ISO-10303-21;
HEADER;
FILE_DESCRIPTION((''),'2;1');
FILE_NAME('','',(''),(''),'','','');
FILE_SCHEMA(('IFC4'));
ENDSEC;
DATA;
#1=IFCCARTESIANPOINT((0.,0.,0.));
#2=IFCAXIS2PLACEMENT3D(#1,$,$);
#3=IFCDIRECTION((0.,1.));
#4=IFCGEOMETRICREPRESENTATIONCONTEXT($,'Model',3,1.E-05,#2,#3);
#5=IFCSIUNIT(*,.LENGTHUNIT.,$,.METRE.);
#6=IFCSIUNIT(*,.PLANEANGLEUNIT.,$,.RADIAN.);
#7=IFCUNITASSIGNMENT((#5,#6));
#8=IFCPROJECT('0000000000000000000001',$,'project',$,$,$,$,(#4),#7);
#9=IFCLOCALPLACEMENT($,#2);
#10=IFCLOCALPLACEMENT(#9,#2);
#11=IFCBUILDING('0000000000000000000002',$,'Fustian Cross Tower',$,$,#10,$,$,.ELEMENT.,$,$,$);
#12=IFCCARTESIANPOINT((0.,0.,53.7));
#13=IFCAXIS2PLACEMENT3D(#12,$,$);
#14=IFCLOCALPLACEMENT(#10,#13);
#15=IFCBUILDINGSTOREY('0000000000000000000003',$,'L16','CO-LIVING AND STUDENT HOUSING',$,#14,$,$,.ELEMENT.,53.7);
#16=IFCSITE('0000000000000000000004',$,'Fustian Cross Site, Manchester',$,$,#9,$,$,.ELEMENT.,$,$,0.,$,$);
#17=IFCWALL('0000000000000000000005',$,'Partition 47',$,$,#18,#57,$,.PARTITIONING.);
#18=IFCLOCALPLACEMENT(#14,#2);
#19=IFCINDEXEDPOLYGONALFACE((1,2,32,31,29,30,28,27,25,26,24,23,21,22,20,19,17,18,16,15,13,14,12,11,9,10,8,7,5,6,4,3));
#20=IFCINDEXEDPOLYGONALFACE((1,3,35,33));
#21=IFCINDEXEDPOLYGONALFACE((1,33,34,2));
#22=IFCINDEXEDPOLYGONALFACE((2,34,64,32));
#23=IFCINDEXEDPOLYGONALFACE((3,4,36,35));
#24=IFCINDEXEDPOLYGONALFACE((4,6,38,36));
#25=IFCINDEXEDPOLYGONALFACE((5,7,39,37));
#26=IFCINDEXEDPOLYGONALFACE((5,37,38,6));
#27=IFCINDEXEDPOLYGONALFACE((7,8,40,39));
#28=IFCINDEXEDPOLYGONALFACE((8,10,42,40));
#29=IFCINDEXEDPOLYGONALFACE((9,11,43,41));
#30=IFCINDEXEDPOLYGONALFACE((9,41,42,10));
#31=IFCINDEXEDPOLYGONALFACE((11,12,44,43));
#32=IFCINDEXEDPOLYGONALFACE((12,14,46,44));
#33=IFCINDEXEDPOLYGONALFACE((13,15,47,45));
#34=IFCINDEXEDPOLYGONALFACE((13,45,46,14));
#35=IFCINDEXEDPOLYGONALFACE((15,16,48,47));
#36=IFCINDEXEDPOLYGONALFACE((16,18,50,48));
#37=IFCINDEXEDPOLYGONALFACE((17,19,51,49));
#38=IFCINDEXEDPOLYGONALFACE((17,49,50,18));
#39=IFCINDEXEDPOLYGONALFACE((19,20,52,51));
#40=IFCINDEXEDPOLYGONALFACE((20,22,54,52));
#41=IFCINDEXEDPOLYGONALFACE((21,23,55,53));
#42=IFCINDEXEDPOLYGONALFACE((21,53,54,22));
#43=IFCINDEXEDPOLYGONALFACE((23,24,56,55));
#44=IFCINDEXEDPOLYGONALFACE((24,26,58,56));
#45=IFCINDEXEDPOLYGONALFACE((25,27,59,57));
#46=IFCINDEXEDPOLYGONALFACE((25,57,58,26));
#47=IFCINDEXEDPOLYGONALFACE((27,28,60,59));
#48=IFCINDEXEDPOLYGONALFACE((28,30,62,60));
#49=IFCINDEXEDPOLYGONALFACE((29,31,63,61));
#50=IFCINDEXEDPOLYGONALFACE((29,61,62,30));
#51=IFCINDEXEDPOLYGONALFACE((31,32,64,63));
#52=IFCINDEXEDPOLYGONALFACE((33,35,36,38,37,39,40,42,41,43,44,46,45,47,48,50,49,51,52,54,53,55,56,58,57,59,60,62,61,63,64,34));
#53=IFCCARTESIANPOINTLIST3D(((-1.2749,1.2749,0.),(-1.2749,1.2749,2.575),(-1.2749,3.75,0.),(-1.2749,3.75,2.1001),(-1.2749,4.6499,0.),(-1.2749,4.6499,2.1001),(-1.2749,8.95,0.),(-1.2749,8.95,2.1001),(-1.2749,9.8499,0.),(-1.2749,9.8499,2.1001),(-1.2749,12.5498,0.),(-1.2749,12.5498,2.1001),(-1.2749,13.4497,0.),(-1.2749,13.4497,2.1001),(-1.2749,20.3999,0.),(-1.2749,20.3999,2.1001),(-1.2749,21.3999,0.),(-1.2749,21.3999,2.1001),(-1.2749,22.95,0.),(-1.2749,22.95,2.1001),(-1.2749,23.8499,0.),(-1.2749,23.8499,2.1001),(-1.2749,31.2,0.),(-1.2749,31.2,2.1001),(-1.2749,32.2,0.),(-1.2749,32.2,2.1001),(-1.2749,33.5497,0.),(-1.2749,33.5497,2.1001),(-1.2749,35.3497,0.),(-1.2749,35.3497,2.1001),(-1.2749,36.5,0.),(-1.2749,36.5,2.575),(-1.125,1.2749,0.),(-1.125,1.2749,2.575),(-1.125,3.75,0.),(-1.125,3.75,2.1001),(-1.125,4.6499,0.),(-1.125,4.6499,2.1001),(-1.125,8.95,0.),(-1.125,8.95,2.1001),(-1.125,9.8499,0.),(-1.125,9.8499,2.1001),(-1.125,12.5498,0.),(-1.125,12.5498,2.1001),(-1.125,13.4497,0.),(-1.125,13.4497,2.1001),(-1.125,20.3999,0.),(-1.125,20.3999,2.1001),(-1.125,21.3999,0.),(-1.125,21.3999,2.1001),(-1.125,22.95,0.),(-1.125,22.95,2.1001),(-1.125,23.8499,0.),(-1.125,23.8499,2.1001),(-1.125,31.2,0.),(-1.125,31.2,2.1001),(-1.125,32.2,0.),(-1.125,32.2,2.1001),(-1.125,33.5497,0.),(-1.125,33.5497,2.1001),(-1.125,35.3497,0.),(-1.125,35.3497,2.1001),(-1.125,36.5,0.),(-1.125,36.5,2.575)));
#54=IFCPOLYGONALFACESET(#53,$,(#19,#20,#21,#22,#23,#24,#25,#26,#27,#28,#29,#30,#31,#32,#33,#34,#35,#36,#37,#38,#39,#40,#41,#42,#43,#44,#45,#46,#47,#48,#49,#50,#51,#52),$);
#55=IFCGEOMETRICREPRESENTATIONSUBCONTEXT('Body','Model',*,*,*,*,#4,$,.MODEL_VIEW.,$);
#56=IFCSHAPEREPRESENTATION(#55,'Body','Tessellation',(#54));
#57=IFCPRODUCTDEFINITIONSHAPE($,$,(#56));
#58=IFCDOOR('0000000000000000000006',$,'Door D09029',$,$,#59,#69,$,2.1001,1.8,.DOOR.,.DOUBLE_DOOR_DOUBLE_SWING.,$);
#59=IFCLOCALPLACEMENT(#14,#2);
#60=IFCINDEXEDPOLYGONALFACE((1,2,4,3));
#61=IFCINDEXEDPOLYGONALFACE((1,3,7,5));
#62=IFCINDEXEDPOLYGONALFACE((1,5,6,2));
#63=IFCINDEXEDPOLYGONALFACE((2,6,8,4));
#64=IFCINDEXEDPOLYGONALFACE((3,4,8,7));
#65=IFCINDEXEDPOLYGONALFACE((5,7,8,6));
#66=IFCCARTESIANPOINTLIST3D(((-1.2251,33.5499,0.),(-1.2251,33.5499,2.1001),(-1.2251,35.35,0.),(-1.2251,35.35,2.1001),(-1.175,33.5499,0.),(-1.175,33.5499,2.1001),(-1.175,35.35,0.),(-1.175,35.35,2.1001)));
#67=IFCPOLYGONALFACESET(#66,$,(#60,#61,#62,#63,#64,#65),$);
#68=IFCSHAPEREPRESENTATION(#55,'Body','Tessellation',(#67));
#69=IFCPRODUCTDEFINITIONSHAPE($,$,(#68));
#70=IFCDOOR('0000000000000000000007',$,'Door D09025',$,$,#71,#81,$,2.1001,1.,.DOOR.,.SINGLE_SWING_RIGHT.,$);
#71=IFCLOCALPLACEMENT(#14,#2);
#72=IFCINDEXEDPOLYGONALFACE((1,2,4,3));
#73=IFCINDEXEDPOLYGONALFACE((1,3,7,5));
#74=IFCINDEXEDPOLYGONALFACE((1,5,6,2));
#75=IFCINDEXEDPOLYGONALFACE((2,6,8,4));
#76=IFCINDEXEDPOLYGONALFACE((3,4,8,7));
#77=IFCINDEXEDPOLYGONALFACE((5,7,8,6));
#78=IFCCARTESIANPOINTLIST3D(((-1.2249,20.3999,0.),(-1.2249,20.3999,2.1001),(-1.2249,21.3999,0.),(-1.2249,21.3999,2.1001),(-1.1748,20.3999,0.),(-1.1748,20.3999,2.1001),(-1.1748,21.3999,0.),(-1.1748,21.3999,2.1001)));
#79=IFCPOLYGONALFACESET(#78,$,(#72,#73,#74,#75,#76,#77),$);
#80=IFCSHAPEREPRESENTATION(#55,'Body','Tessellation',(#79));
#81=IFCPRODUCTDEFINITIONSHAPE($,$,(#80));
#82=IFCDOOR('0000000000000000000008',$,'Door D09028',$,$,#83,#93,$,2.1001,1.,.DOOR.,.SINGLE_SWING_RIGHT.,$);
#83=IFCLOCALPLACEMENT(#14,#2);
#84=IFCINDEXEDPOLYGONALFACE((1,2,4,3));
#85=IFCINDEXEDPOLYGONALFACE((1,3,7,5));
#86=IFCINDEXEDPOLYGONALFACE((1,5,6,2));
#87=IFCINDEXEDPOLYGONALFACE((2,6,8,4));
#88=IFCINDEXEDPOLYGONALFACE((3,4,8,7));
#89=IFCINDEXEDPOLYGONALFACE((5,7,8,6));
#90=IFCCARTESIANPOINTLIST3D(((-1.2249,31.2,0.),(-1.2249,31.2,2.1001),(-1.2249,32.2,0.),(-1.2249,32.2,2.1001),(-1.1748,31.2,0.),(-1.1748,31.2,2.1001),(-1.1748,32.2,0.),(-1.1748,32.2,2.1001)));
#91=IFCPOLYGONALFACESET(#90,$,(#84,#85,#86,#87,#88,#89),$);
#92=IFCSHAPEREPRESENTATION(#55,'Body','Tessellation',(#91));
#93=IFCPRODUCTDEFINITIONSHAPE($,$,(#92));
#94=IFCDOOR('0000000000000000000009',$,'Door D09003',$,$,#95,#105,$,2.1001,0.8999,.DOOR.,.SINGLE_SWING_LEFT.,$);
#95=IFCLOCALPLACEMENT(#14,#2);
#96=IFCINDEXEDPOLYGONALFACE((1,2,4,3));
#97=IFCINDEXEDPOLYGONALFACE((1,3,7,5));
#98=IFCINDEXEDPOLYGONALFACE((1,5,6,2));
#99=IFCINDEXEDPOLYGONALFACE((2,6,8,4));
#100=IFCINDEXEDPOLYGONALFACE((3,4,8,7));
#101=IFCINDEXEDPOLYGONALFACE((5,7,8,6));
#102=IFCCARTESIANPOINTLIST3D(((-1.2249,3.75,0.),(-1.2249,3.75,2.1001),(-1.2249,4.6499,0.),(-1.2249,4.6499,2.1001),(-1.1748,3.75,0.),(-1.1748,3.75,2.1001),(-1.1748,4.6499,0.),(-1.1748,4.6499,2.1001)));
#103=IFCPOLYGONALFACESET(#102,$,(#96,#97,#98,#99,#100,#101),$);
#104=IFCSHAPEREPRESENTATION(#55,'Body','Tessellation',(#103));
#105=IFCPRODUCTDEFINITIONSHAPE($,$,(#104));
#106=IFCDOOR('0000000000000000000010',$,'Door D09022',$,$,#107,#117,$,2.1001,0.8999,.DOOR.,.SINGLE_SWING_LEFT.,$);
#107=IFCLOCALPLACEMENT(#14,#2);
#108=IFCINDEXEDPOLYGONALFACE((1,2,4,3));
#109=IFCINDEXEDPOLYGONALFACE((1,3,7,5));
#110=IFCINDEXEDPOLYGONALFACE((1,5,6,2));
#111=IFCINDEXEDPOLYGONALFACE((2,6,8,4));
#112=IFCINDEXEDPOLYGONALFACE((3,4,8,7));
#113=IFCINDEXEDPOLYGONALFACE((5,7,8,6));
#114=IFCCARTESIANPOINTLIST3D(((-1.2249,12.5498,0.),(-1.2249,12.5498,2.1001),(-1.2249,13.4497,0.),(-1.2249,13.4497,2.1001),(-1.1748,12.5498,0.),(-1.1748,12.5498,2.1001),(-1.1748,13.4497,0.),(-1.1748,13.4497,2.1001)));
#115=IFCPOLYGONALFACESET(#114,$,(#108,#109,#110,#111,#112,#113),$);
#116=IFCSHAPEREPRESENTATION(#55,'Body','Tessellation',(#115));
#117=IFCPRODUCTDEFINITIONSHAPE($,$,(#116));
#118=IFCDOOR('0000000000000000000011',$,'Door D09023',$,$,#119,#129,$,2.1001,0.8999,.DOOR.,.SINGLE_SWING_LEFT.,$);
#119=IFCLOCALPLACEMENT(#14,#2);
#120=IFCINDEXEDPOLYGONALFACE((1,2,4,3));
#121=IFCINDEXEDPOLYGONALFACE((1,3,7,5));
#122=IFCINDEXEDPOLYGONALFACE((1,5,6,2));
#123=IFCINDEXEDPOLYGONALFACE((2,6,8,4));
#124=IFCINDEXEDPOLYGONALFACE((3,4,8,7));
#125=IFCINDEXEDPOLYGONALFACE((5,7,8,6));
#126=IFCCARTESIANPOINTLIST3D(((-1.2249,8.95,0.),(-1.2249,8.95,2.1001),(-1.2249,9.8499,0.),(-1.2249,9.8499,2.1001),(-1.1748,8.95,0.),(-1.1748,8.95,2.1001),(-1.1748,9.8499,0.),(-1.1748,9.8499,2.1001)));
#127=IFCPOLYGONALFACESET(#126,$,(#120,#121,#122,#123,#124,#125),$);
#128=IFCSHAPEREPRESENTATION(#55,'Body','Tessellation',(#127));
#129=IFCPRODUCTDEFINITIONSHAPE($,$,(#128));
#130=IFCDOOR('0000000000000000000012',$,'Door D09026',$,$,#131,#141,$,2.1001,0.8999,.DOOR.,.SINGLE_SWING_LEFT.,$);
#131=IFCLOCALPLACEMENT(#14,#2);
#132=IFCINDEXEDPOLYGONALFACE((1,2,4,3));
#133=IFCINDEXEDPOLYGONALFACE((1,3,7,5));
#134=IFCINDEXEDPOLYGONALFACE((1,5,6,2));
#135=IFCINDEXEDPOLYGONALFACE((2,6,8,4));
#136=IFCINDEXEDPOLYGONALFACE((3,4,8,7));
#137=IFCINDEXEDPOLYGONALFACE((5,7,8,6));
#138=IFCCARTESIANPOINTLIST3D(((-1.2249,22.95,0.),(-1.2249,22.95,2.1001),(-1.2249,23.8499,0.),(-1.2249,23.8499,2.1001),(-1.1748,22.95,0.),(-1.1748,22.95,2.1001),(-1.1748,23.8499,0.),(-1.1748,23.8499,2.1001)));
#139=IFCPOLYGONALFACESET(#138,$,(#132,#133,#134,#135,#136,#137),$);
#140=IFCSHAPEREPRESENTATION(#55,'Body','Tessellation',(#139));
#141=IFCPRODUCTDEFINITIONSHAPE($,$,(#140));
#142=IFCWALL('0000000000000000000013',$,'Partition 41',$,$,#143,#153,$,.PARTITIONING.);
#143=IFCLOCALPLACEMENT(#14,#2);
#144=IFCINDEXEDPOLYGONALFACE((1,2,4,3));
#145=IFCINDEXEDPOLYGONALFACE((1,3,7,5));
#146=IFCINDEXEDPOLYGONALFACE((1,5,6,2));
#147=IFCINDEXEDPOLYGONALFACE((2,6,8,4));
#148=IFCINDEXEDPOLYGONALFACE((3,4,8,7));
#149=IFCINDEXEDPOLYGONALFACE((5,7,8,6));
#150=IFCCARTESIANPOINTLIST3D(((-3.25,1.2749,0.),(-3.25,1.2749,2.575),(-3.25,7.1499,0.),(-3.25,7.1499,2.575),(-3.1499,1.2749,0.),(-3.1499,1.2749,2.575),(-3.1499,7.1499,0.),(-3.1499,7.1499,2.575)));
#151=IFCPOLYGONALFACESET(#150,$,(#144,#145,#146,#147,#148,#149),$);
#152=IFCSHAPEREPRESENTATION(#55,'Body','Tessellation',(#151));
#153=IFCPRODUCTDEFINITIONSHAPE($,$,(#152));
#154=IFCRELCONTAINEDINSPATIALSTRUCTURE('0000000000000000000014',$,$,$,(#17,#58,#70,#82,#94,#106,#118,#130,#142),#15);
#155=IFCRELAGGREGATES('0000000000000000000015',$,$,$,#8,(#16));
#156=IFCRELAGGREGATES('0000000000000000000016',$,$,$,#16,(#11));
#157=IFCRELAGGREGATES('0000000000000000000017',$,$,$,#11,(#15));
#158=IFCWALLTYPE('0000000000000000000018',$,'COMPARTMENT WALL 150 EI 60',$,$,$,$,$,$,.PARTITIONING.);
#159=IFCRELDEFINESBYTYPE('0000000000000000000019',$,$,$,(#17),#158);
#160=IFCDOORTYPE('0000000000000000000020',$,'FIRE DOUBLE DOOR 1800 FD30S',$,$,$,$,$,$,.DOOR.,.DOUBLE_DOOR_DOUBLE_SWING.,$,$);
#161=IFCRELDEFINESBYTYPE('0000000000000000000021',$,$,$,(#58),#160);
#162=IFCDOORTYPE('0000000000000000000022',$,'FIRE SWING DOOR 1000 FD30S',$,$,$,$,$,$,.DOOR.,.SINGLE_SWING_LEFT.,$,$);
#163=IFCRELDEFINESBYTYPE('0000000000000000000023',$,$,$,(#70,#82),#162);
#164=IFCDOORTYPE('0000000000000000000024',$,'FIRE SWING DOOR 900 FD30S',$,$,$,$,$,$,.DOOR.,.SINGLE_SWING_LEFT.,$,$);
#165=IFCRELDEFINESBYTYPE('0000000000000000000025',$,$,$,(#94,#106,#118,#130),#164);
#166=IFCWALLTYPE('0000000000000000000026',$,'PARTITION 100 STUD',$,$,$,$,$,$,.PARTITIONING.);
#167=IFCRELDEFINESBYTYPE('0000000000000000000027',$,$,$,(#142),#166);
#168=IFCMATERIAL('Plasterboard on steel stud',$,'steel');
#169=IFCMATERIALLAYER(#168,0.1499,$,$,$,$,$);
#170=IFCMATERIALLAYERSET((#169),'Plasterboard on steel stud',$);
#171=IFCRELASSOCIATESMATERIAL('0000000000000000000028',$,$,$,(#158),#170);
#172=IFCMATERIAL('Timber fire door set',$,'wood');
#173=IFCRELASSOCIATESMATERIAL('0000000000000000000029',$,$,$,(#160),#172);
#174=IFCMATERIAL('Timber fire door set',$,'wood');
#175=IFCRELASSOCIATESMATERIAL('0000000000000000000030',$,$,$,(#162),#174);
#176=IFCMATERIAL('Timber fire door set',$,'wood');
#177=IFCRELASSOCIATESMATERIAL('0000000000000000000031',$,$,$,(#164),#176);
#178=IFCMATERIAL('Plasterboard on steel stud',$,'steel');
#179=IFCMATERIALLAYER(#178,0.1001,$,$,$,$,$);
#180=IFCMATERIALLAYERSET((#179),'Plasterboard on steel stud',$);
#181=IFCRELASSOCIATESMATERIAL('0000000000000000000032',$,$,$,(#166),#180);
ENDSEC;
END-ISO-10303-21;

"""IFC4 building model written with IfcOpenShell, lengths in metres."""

from ifc_helpers import new_model, si_unit, direction, frame, frame_2d, origin, place, context, subcontext, project, spatial, rectangle, extrude, material, layer, layer_set, type_object, element, fill, save


model = new_model("IFC4")

# Units and contexts
model_context = context("Model", 3, precision=1e-05, world=origin(), true_north=direction((0.0, 1.0)))
body_context = subcontext(model_context, "Body", "Model", "MODEL_VIEW")
ifc_project = project(units=[si_unit("LENGTHUNIT", "METRE"), si_unit("PLANEANGLEUNIT", "RADIAN")], contexts=[model_context])

# Site, building, storey
site_placement = place(None, origin())
site = spatial("IfcSite", under=ifc_project, at=site_placement, Name="Fustian Cross Site, Manchester", CompositionType="ELEMENT", RefElevation=0.0)
building_placement = place(site_placement, origin())
building = spatial("IfcBuilding", under=site, at=building_placement, Name="Fustian Cross Tower", CompositionType="ELEMENT")
storey_placement = place(building_placement, frame((0.0, 0.0, 53.7)))
storey = spatial("IfcBuildingStorey", under=building, at=storey_placement, Name="L16", Description="CO-LIVING AND STUDENT HOUSING", CompositionType="ELEMENT", Elevation=53.7)

# Wall, openings, doors
ifc_material_1 = material(Name="Plasterboard on steel stud", Category="steel")
ifc_layer_1 = layer(ifc_material_1, 0.1499)
ifc_layer_set_1 = layer_set([ifc_layer_1], Name="Plasterboard on steel stud")
wall_type_1 = type_object("IfcWallType", Name="COMPARTMENT WALL 150 EI 60", PredefinedType="PARTITIONING", material=ifc_layer_set_1)
wall_1_placement = place(storey_placement, frame((-1.2, 1.2749, 0.0), z_axis=(0.0, 0.0, 1.0), x_axis=(0.0, 1.0, 0.0)))
wall_1 = element("IfcWall", 1, at=wall_1_placement, inside=storey, type_object=wall_type_1, Name="Partition 47", PredefinedType="PARTITIONING", context=body_context, shape_type="SweptSolid", body=[
    extrude(rectangle(XDim=35.2251, YDim=0.1499, at=frame_2d((17.6125, 0.0))), origin(), (0.0, 0.0, 1.0), 2.575),
])
opening_1_placement = place(wall_1_placement, frame((2.4751, 0.0, 0.0)))
opening_1 = element("IfcOpeningElement", 2, at=opening_1_placement, cuts=wall_1, PredefinedType="OPENING", context=body_context, shape_type="SweptSolid", body=[
    extrude(rectangle(XDim=0.8999, YDim=2.1001, at=frame_2d((0.45, 1.05))), frame((0.0, 0.085, 0.0), z_axis=(0.0, -1.0, 0.0), x_axis=(1.0, 0.0, 0.0)), (0.0, 0.0, 1.0), 0.1699),
])
opening_2_placement = place(wall_1_placement, frame((11.2749, 0.0, 0.0)))
opening_2 = element("IfcOpeningElement", 3, at=opening_2_placement, cuts=wall_1, PredefinedType="OPENING", context=body_context, shape_type="SweptSolid", body=[
    extrude(rectangle(XDim=0.8999, YDim=2.1001, at=frame_2d((0.45, 1.05))), frame((0.0, 0.085, 0.0), z_axis=(0.0, -1.0, 0.0), x_axis=(1.0, 0.0, 0.0)), (0.0, 0.0, 1.0), 0.1699),
])
opening_3_placement = place(wall_1_placement, frame((7.675, 0.0, 0.0)))
opening_3 = element("IfcOpeningElement", 4, at=opening_3_placement, cuts=wall_1, PredefinedType="OPENING", context=body_context, shape_type="SweptSolid", body=[
    extrude(rectangle(XDim=0.8999, YDim=2.1001, at=frame_2d((0.45, 1.05))), frame((0.0, 0.085, 0.0), z_axis=(0.0, -1.0, 0.0), x_axis=(1.0, 0.0, 0.0)), (0.0, 0.0, 1.0), 0.1699),
])
opening_4_placement = place(wall_1_placement, frame((19.125, 0.0, 0.0)))
opening_4 = element("IfcOpeningElement", 5, at=opening_4_placement, cuts=wall_1, PredefinedType="OPENING", context=body_context, shape_type="SweptSolid", body=[
    extrude(rectangle(XDim=1.0, YDim=2.1001, at=frame_2d((0.5, 1.05))), frame((0.0, 0.085, 0.0), z_axis=(0.0, -1.0, 0.0), x_axis=(1.0, 0.0, 0.0)), (0.0, 0.0, 1.0), 0.1699),
])
opening_5_placement = place(wall_1_placement, frame((21.675, 0.0, 0.0)))
opening_5 = element("IfcOpeningElement", 6, at=opening_5_placement, cuts=wall_1, PredefinedType="OPENING", context=body_context, shape_type="SweptSolid", body=[
    extrude(rectangle(XDim=0.8999, YDim=2.1001, at=frame_2d((0.45, 1.05))), frame((0.0, 0.085, 0.0), z_axis=(0.0, -1.0, 0.0), x_axis=(1.0, 0.0, 0.0)), (0.0, 0.0, 1.0), 0.1699),
])
opening_6_placement = place(wall_1_placement, frame((29.925, 0.0, 0.0)))
opening_6 = element("IfcOpeningElement", 7, at=opening_6_placement, cuts=wall_1, PredefinedType="OPENING", context=body_context, shape_type="SweptSolid", body=[
    extrude(rectangle(XDim=1.0, YDim=2.1001, at=frame_2d((0.5, 1.05))), frame((0.0, 0.085, 0.0), z_axis=(0.0, -1.0, 0.0), x_axis=(1.0, 0.0, 0.0)), (0.0, 0.0, 1.0), 0.1699),
])
opening_7_placement = place(wall_1_placement, frame((32.2749, 0.0, 0.0)))
opening_7 = element("IfcOpeningElement", 8, at=opening_7_placement, cuts=wall_1, PredefinedType="OPENING", context=body_context, shape_type="SweptSolid", body=[
    extrude(rectangle(XDim=1.8, YDim=2.1001, at=frame_2d((0.8999, 1.05))), frame((0.0, 0.085, 0.0), z_axis=(0.0, -1.0, 0.0), x_axis=(1.0, 0.0, 0.0)), (0.0, 0.0, 1.0), 0.1699),
])
ifc_material_2 = material(Name="Timber fire door set", Category="wood")
door_type_1 = type_object("IfcDoorType", Name="FIRE DOUBLE DOOR 1800 FD30S", OperationType="DOUBLE_DOOR_DOUBLE_SWING", PredefinedType="DOOR", material=ifc_material_2)
door_1_placement = place(opening_7_placement, frame((1.8, 0.0, 0.0), z_axis=(0.0, 0.0, 1.0), x_axis=(-1.0, 0.0, 0.0)))
door_1 = element("IfcDoor", 9, at=door_1_placement, inside=storey, type_object=door_type_1, Name="Door D09029", OperationType="DOUBLE_DOOR_DOUBLE_SWING", OverallHeight=2.1001, OverallWidth=1.8, PredefinedType="DOOR", context=body_context, shape_type="SweptSolid", body=[
    extrude(rectangle(XDim=1.8, YDim=2.1001, at=frame_2d((0.8999, 1.05))), frame((0.0, 0.0249, 0.0), z_axis=(0.0, -1.0, 0.0), x_axis=(1.0, 0.0, 0.0)), (0.0, 0.0, 1.0), 0.05),
])
fill(opening_7, door_1)
ifc_material_3 = material(Name="Timber fire door set", Category="wood")
door_type_2 = type_object("IfcDoorType", Name="FIRE SWING DOOR 1000 FD30S", OperationType="SINGLE_SWING_LEFT", PredefinedType="DOOR", material=ifc_material_3)
door_2_placement = place(opening_4_placement, origin())
door_2 = element("IfcDoor", 10, at=door_2_placement, inside=storey, type_object=door_type_2, Name="Door D09025", OperationType="SINGLE_SWING_RIGHT", OverallHeight=2.1001, OverallWidth=1.0, PredefinedType="DOOR", context=body_context, shape_type="SweptSolid", body=[
    extrude(rectangle(XDim=1.0, YDim=2.1001, at=frame_2d((0.5, 1.05))), frame((0.0, 0.0249, 0.0), z_axis=(0.0, -1.0, 0.0), x_axis=(1.0, 0.0, 0.0)), (0.0, 0.0, 1.0), 0.05),
])
fill(opening_4, door_2)
door_3_placement = place(opening_6_placement, origin())
door_3 = element("IfcDoor", 11, at=door_3_placement, inside=storey, type_object=door_type_2, Name="Door D09028", OperationType="SINGLE_SWING_RIGHT", OverallHeight=2.1001, OverallWidth=1.0, PredefinedType="DOOR", context=body_context, shape_type="SweptSolid", body=[
    extrude(rectangle(XDim=1.0, YDim=2.1001, at=frame_2d((0.5, 1.05))), frame((0.0, 0.0249, 0.0), z_axis=(0.0, -1.0, 0.0), x_axis=(1.0, 0.0, 0.0)), (0.0, 0.0, 1.0), 0.05),
])
fill(opening_6, door_3)
ifc_material_4 = material(Name="Timber fire door set", Category="wood")
door_type_3 = type_object("IfcDoorType", Name="FIRE SWING DOOR 900 FD30S", OperationType="SINGLE_SWING_LEFT", PredefinedType="DOOR", material=ifc_material_4)
door_4_placement = place(opening_1_placement, origin())
door_4 = element("IfcDoor", 12, at=door_4_placement, inside=storey, type_object=door_type_3, Name="Door D09003", OperationType="SINGLE_SWING_LEFT", OverallHeight=2.1001, OverallWidth=0.8999, PredefinedType="DOOR", context=body_context, shape_type="SweptSolid", body=[
    extrude(rectangle(XDim=0.8999, YDim=2.1001, at=frame_2d((0.45, 1.05))), frame((0.0, 0.0249, 0.0), z_axis=(0.0, -1.0, 0.0), x_axis=(1.0, 0.0, 0.0)), (0.0, 0.0, 1.0), 0.05),
])
fill(opening_1, door_4)
door_5_placement = place(opening_2_placement, origin())
door_5 = element("IfcDoor", 13, at=door_5_placement, inside=storey, type_object=door_type_3, Name="Door D09022", OperationType="SINGLE_SWING_LEFT", OverallHeight=2.1001, OverallWidth=0.8999, PredefinedType="DOOR", context=body_context, shape_type="SweptSolid", body=[
    extrude(rectangle(XDim=0.8999, YDim=2.1001, at=frame_2d((0.45, 1.05))), frame((0.0, 0.0249, 0.0), z_axis=(0.0, -1.0, 0.0), x_axis=(1.0, 0.0, 0.0)), (0.0, 0.0, 1.0), 0.05),
])
fill(opening_2, door_5)
door_6_placement = place(opening_3_placement, origin())
door_6 = element("IfcDoor", 14, at=door_6_placement, inside=storey, type_object=door_type_3, Name="Door D09023", OperationType="SINGLE_SWING_LEFT", OverallHeight=2.1001, OverallWidth=0.8999, PredefinedType="DOOR", context=body_context, shape_type="SweptSolid", body=[
    extrude(rectangle(XDim=0.8999, YDim=2.1001, at=frame_2d((0.45, 1.05))), frame((0.0, 0.0249, 0.0), z_axis=(0.0, -1.0, 0.0), x_axis=(1.0, 0.0, 0.0)), (0.0, 0.0, 1.0), 0.05),
])
fill(opening_3, door_6)
door_7_placement = place(opening_5_placement, origin())
door_7 = element("IfcDoor", 15, at=door_7_placement, inside=storey, type_object=door_type_3, Name="Door D09026", OperationType="SINGLE_SWING_LEFT", OverallHeight=2.1001, OverallWidth=0.8999, PredefinedType="DOOR", context=body_context, shape_type="SweptSolid", body=[
    extrude(rectangle(XDim=0.8999, YDim=2.1001, at=frame_2d((0.45, 1.05))), frame((0.0, 0.0249, 0.0), z_axis=(0.0, -1.0, 0.0), x_axis=(1.0, 0.0, 0.0)), (0.0, 0.0, 1.0), 0.05),
])
fill(opening_5, door_7)

# Wall
ifc_material_5 = material(Name="Plasterboard on steel stud", Category="steel")
ifc_layer_2 = layer(ifc_material_5, 0.1001)
ifc_layer_set_2 = layer_set([ifc_layer_2], Name="Plasterboard on steel stud")
wall_type_2 = type_object("IfcWallType", Name="PARTITION 100 STUD", PredefinedType="PARTITIONING", material=ifc_layer_set_2)
wall_2_placement = place(storey_placement, frame((-3.2, 1.2749, 0.0), z_axis=(0.0, 0.0, 1.0), x_axis=(0.0, 1.0, 0.0)))
element("IfcWall", 16, at=wall_2_placement, inside=storey, type_object=wall_type_2, Name="Partition 41", PredefinedType="PARTITIONING", context=body_context, shape_type="SweptSolid", body=[
    extrude(rectangle(XDim=5.875, YDim=0.1001, at=frame_2d((2.9375, 0.0))), origin(), (0.0, 0.0, 1.0), 2.575),
])

save(model, "model.ifc")
